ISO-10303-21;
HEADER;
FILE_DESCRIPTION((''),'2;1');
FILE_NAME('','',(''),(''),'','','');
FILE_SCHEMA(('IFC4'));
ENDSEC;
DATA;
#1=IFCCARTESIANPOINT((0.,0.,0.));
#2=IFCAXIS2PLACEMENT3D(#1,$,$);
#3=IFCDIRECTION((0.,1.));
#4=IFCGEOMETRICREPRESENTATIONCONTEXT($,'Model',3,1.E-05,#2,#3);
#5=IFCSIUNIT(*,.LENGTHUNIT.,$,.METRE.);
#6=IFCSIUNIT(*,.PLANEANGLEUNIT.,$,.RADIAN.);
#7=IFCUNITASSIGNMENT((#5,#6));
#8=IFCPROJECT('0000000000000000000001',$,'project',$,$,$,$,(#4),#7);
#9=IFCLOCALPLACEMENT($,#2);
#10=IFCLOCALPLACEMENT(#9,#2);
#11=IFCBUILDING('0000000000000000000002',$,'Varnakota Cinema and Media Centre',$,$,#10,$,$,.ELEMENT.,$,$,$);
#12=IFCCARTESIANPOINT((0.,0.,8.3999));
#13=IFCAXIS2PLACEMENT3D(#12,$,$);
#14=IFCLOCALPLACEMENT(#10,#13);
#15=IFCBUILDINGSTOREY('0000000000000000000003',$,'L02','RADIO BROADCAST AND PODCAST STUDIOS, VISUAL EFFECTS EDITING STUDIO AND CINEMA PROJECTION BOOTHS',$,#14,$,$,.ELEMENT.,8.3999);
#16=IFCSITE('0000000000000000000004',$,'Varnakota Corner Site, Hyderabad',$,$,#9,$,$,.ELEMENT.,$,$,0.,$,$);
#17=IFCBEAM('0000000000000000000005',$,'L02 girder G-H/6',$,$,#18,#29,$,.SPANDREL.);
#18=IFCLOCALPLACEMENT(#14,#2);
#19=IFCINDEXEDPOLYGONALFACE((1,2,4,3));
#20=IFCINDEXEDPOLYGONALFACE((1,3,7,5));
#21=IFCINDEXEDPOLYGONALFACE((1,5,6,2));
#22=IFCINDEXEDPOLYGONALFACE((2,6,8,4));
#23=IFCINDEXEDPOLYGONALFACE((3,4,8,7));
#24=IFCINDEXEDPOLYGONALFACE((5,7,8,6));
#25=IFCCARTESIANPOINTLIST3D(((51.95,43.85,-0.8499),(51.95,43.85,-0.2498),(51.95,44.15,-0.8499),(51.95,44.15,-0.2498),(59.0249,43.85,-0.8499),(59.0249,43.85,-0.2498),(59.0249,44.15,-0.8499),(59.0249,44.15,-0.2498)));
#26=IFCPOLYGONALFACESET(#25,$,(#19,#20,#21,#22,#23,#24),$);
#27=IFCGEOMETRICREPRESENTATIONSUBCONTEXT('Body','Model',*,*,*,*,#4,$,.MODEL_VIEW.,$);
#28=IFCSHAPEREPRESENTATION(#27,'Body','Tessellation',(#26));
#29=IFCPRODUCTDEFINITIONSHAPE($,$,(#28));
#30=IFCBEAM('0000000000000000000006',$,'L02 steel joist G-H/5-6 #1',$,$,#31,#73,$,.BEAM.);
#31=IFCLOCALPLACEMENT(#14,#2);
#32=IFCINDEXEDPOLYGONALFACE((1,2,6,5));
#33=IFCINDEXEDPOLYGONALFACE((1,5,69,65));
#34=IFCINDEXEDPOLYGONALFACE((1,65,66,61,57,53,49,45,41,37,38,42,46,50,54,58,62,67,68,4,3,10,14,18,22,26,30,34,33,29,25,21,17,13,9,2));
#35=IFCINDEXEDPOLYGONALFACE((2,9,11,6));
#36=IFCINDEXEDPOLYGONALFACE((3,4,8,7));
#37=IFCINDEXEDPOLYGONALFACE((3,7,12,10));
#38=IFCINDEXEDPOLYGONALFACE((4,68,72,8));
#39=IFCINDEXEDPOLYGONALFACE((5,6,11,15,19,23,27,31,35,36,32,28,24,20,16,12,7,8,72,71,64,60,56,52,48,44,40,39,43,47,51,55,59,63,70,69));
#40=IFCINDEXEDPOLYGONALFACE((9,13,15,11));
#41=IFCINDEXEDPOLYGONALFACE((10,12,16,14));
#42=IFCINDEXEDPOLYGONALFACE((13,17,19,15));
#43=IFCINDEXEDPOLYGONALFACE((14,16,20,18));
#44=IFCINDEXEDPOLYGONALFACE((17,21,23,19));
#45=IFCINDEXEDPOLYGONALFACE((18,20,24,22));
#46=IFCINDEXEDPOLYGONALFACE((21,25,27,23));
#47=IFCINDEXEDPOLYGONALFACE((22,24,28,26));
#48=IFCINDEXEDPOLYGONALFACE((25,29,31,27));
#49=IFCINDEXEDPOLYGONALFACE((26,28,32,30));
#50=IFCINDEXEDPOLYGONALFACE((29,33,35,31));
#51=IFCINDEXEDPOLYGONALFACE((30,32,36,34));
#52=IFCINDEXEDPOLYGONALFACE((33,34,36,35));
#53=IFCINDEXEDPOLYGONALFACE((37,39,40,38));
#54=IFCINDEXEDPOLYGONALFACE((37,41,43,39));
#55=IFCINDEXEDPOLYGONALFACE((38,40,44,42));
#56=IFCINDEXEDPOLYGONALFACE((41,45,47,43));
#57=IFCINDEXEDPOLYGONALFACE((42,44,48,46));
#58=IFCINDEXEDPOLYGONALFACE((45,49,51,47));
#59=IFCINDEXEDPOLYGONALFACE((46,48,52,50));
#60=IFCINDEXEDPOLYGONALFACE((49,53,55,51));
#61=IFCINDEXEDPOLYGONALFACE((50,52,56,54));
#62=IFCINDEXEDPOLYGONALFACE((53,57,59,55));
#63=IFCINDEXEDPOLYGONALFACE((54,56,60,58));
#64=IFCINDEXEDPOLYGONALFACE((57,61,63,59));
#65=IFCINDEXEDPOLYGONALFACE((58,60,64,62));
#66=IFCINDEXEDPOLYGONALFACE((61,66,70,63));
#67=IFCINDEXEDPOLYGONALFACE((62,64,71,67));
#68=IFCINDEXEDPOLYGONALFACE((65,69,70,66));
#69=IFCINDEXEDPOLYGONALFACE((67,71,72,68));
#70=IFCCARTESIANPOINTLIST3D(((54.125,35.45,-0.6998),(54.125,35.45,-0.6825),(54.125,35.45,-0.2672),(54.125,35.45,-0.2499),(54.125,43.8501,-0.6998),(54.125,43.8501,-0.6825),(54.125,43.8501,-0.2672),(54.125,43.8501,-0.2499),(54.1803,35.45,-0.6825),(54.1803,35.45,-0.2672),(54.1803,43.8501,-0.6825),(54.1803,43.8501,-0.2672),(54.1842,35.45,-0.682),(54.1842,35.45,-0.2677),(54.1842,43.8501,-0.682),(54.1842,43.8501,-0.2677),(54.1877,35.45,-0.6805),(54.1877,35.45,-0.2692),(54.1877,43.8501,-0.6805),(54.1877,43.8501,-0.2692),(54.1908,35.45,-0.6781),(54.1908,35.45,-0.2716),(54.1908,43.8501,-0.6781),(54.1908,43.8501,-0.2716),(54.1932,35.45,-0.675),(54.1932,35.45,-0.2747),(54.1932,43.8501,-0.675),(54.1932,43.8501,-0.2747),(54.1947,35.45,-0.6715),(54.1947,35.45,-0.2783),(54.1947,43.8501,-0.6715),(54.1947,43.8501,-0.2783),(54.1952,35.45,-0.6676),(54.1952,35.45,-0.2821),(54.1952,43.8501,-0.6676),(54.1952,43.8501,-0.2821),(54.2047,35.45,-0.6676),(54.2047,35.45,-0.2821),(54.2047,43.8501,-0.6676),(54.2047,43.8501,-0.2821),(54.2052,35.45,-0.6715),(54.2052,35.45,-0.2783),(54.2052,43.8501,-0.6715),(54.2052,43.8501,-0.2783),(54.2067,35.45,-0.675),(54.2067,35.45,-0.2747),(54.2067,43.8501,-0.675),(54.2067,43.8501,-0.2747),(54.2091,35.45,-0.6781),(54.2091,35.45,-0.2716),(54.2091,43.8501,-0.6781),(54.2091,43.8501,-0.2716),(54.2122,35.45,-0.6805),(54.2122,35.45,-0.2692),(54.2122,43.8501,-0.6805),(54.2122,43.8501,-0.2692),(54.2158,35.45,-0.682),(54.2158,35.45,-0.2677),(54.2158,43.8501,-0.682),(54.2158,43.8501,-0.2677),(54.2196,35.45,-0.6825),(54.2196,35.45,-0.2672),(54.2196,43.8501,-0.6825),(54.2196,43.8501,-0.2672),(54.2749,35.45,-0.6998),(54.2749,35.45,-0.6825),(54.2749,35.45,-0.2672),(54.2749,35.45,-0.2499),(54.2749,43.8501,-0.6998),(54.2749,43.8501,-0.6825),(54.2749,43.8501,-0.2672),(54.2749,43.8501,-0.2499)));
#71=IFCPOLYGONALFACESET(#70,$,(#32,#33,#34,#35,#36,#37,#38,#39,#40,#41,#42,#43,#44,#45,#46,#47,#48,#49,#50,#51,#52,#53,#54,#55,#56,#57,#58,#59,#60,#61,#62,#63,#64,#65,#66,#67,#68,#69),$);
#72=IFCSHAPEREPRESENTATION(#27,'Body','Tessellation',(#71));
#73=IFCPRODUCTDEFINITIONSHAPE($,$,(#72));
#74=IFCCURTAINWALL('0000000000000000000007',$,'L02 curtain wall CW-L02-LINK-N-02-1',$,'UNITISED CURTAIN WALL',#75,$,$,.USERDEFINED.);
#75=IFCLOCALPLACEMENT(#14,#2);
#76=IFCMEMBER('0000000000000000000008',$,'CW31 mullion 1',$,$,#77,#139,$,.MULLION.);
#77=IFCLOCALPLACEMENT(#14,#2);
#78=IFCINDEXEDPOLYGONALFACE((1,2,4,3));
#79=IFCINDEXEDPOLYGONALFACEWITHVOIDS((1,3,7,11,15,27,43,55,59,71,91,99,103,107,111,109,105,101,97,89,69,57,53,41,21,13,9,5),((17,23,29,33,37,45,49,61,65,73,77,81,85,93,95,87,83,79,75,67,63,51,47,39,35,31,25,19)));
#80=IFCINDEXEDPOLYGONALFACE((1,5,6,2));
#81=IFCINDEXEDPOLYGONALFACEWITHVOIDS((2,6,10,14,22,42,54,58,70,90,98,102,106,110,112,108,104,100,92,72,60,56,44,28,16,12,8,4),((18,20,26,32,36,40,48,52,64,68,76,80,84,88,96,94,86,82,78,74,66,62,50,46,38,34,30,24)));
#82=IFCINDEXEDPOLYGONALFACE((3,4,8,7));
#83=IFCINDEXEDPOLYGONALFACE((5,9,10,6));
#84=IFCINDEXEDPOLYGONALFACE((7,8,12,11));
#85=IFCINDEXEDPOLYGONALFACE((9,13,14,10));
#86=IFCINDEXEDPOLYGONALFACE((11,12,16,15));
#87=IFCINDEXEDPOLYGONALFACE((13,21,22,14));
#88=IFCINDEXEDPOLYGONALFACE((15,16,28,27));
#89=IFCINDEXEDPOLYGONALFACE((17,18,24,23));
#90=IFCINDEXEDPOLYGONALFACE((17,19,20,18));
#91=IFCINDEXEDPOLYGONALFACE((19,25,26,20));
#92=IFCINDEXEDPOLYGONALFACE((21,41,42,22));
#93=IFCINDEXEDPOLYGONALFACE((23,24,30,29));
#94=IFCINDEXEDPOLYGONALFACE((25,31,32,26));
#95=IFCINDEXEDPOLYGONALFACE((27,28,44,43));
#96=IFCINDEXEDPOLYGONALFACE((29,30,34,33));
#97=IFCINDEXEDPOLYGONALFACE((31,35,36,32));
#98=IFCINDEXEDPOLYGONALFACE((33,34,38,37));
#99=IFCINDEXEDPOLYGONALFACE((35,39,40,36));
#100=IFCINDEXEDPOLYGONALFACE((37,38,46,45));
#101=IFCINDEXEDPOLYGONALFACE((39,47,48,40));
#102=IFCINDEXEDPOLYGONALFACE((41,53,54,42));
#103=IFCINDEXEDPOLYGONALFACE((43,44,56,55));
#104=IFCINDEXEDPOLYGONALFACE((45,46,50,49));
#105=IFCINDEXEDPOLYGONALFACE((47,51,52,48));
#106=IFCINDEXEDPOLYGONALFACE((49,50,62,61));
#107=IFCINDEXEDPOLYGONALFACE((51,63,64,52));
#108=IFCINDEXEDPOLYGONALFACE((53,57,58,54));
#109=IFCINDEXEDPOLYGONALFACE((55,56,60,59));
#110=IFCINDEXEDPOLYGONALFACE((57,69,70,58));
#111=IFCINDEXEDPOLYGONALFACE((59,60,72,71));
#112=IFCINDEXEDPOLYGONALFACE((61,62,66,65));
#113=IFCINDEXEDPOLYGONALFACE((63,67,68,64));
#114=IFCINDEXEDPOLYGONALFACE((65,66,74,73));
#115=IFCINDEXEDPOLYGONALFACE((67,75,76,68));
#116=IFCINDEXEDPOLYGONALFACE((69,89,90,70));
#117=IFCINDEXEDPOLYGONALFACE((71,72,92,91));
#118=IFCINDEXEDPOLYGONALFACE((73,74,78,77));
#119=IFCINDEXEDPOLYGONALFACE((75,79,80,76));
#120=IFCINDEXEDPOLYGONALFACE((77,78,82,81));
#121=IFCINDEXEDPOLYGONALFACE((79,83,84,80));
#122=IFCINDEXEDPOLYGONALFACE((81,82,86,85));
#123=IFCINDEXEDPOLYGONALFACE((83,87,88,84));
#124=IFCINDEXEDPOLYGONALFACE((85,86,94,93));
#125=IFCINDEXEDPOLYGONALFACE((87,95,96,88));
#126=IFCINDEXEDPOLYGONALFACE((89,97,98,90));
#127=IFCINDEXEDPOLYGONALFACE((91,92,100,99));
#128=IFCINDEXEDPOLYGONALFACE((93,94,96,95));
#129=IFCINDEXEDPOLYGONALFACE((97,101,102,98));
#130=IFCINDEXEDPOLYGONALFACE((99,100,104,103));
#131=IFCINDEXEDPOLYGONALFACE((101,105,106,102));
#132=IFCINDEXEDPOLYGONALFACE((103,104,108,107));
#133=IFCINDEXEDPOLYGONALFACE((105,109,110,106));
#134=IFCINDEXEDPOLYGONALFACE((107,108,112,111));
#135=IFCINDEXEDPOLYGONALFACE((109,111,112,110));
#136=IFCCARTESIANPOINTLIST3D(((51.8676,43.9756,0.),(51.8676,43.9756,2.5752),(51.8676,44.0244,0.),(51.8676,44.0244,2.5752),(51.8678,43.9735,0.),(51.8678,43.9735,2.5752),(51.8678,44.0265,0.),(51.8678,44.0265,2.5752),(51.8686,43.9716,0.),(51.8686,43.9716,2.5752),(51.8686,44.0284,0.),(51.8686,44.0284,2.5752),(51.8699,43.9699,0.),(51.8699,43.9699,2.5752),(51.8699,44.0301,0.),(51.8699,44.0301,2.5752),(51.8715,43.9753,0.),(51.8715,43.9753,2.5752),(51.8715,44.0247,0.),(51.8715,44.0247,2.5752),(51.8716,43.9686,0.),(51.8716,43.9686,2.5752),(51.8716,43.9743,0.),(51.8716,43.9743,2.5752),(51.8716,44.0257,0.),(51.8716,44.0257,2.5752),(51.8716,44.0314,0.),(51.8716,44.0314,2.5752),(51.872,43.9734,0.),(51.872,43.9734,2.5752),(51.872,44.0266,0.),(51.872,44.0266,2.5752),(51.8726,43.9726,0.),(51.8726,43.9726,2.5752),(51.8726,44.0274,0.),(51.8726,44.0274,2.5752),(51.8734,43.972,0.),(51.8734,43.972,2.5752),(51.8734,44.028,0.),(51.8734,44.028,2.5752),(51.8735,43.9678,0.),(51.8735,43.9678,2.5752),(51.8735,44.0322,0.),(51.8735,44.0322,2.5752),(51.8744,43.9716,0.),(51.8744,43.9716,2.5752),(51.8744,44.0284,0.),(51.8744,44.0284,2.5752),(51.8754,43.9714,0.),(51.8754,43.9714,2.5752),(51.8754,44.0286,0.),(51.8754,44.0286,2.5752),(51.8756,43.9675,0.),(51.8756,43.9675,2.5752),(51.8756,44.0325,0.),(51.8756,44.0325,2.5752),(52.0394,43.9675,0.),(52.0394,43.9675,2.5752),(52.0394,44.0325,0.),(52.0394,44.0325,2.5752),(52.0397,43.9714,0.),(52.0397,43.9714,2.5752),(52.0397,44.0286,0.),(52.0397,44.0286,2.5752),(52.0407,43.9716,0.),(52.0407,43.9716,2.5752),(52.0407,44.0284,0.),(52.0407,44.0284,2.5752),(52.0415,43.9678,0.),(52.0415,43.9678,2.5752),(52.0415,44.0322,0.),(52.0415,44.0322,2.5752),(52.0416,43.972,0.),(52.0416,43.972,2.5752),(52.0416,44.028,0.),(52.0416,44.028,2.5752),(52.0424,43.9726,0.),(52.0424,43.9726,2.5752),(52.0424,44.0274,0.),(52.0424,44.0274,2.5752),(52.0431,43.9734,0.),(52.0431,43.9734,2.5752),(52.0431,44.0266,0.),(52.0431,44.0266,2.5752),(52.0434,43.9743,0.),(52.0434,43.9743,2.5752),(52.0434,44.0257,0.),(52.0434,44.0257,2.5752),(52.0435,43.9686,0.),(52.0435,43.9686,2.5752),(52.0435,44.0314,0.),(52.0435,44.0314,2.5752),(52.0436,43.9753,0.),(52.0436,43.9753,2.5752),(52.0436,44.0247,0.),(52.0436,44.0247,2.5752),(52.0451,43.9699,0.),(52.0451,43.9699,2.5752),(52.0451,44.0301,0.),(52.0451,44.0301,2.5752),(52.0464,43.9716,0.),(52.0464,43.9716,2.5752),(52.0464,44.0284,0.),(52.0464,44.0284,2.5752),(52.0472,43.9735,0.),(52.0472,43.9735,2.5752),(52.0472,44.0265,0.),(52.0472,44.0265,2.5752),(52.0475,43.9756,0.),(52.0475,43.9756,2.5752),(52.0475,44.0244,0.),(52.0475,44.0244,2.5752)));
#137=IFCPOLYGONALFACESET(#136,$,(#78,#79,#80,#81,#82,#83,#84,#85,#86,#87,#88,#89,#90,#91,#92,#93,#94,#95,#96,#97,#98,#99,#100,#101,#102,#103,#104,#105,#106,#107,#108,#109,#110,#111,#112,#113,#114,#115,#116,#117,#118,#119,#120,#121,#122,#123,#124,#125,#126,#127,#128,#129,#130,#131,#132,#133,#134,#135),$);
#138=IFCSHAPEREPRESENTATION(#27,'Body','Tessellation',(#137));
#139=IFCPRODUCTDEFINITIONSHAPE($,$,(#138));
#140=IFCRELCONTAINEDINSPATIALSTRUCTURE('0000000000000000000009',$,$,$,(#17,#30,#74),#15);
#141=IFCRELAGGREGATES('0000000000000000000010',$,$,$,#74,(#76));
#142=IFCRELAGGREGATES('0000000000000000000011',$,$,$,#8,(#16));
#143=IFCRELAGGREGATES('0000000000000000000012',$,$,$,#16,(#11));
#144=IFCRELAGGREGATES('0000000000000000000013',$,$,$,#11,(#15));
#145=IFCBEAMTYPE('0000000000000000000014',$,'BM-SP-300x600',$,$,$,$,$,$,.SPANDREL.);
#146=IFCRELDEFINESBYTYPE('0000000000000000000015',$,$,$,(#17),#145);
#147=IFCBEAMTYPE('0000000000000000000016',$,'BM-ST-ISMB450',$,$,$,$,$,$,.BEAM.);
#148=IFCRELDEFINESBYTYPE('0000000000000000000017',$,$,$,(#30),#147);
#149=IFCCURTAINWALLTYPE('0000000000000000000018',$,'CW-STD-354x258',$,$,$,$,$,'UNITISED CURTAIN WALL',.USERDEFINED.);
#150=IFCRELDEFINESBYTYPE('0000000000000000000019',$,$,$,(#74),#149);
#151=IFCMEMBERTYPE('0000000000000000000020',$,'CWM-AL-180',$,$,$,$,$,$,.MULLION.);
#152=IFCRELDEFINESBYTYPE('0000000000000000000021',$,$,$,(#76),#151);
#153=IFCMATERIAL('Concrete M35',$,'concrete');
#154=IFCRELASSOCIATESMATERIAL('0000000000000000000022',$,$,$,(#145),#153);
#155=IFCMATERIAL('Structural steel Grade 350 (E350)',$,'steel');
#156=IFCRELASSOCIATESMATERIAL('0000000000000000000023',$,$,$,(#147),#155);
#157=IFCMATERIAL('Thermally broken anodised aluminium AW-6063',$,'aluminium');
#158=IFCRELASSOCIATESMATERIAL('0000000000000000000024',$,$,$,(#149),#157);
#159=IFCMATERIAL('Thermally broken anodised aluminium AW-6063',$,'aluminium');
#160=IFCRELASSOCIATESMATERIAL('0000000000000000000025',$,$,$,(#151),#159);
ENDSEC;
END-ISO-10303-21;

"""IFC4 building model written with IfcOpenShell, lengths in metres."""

from ifc_helpers import new_model, si_unit, direction, frame, origin, origin_2d, place, context, subcontext, project, spatial, rectangle, hollow_rectangle, i_section, extrude, material, material_profile, profile_set, type_object, element, aggregate, save


model = new_model("IFC4")

# Units and contexts
model_context = context("Model", 3, precision=1e-05, world=origin(), true_north=direction((0.0, 1.0)))
body_context = subcontext(model_context, "Body", "Model", "MODEL_VIEW")
ifc_project = project(units=[si_unit("LENGTHUNIT", "METRE"), si_unit("PLANEANGLEUNIT", "RADIAN")], contexts=[model_context])

# Site, building, storey
site_placement = place(None, origin())
site = spatial("IfcSite", under=ifc_project, at=site_placement, Name="Varnakota Corner Site, Hyderabad", CompositionType="ELEMENT", RefElevation=0.0)
building_placement = place(site_placement, origin())
building = spatial("IfcBuilding", under=site, at=building_placement, Name="Varnakota Cinema and Media Centre", CompositionType="ELEMENT")
storey_placement = place(building_placement, frame((0.0, 0.0, 8.3999)))
storey = spatial("IfcBuildingStorey", under=building, at=storey_placement, Name="L02", Description="RADIO BROADCAST AND PODCAST STUDIOS, VISUAL EFFECTS EDITING STUDIO AND CINEMA PROJECTION BOOTHS", CompositionType="ELEMENT", Elevation=8.3999)

# Beams
ifc_material_1 = material(Name="Concrete M35", Category="concrete")
ifc_material_profile_1 = material_profile(ifc_material_1, rectangle(XDim=0.3, YDim=0.6001, at=origin_2d()), Name="RCB 300x600")
ifc_profile_set_1 = profile_set([ifc_material_profile_1], Name="Concrete M35")
beam_type_1 = type_object("IfcBeamType", Name="BM-SP-300x600", PredefinedType="SPANDREL", material=ifc_profile_set_1)
beam_1_placement = place(storey_placement, frame((51.95, 44.0, -0.5498), z_axis=(1.0, 0.0, 0.0), x_axis=(0.0, 1.0, 0.0)))
element("IfcBeam", 1, at=beam_1_placement, inside=storey, type_object=beam_type_1, Name="L02 girder G-H/6", PredefinedType="SPANDREL", context=body_context, shape_type="SweptSolid", body=[
    extrude(rectangle(XDim=0.3, YDim=0.6001, at=origin_2d()), origin(), (0.0, 0.0, 1.0), 7.075),
])
ifc_material_2 = material(Name="Structural steel Grade 350 (E350)", Category="steel")
ifc_material_profile_2 = material_profile(ifc_material_2, i_section(OverallWidth=0.1499, OverallDepth=0.45, WebThickness=0.0095, FlangeThickness=0.0173, FilletRadius=0.0149, at=origin_2d()), Name="ISMB 450")
ifc_profile_set_2 = profile_set([ifc_material_profile_2], Name="Structural steel Grade 350 (E350)")
beam_type_2 = type_object("IfcBeamType", Name="BM-ST-ISMB450", PredefinedType="BEAM", material=ifc_profile_set_2)
beam_2_placement = place(storey_placement, frame((54.2, 35.45, -0.4749), z_axis=(0.0, 1.0, 0.0), x_axis=(-1.0, 0.0, 0.0)))
element("IfcBeam", 2, at=beam_2_placement, inside=storey, type_object=beam_type_2, Name="L02 steel joist G-H/5-6 #1", PredefinedType="BEAM", context=body_context, shape_type="SweptSolid", body=[
    extrude(i_section(OverallWidth=0.1499, OverallDepth=0.45, WebThickness=0.0095, FlangeThickness=0.0173, FilletRadius=0.0149, at=origin_2d()), origin(), (0.0, 0.0, 1.0), 8.4001),
])

# Curtain wall, member
ifc_material_3 = material(Name="Thermally broken anodised aluminium AW-6063", Category="aluminium")
curtain_wall_type = type_object("IfcCurtainWallType", Name="CW-STD-354x258", ElementType="UNITISED CURTAIN WALL", PredefinedType="USERDEFINED", material=ifc_material_3)
curtain_wall_1_placement = place(storey_placement, origin())
curtain_wall_1 = element("IfcCurtainWall", 3, at=curtain_wall_1_placement, inside=storey, type_object=curtain_wall_type, Name="L02 curtain wall CW-L02-LINK-N-02-1", ObjectType="UNITISED CURTAIN WALL", PredefinedType="USERDEFINED")
ifc_material_4 = material(Name="Thermally broken anodised aluminium AW-6063", Category="aluminium")
ifc_material_profile_3 = material_profile(ifc_material_4, hollow_rectangle(XDim=0.0649, YDim=0.1799, WallThickness=0.0039, InnerFilletRadius=0.0039, OuterFilletRadius=0.0081, at=origin_2d()), Name="AL-MULLION 180x65x4")
ifc_profile_set_3 = profile_set([ifc_material_profile_3], Name="Thermally broken anodised aluminium AW-6063")
member_type_1 = type_object("IfcMemberType", Name="CWM-AL-180", PredefinedType="MULLION", material=ifc_profile_set_3)
member_1_placement = place(storey_placement, frame((51.9575, 44.0, 0.0), z_axis=(0.0, 0.0, 1.0), x_axis=(0.0, 1.0, 0.0)))
member_1 = element("IfcMember", 4, at=member_1_placement, type_object=member_type_1, Name="CW31 mullion 1", PredefinedType="MULLION", context=body_context, shape_type="SweptSolid", body=[
    extrude(hollow_rectangle(XDim=0.0649, YDim=0.1799, WallThickness=0.0039, InnerFilletRadius=0.0039, OuterFilletRadius=0.0081, at=origin_2d()), origin(), (0.0, 0.0, 1.0), 2.5752),
])

aggregate(curtain_wall_1, [member_1])

save(model, "model.ifc")
